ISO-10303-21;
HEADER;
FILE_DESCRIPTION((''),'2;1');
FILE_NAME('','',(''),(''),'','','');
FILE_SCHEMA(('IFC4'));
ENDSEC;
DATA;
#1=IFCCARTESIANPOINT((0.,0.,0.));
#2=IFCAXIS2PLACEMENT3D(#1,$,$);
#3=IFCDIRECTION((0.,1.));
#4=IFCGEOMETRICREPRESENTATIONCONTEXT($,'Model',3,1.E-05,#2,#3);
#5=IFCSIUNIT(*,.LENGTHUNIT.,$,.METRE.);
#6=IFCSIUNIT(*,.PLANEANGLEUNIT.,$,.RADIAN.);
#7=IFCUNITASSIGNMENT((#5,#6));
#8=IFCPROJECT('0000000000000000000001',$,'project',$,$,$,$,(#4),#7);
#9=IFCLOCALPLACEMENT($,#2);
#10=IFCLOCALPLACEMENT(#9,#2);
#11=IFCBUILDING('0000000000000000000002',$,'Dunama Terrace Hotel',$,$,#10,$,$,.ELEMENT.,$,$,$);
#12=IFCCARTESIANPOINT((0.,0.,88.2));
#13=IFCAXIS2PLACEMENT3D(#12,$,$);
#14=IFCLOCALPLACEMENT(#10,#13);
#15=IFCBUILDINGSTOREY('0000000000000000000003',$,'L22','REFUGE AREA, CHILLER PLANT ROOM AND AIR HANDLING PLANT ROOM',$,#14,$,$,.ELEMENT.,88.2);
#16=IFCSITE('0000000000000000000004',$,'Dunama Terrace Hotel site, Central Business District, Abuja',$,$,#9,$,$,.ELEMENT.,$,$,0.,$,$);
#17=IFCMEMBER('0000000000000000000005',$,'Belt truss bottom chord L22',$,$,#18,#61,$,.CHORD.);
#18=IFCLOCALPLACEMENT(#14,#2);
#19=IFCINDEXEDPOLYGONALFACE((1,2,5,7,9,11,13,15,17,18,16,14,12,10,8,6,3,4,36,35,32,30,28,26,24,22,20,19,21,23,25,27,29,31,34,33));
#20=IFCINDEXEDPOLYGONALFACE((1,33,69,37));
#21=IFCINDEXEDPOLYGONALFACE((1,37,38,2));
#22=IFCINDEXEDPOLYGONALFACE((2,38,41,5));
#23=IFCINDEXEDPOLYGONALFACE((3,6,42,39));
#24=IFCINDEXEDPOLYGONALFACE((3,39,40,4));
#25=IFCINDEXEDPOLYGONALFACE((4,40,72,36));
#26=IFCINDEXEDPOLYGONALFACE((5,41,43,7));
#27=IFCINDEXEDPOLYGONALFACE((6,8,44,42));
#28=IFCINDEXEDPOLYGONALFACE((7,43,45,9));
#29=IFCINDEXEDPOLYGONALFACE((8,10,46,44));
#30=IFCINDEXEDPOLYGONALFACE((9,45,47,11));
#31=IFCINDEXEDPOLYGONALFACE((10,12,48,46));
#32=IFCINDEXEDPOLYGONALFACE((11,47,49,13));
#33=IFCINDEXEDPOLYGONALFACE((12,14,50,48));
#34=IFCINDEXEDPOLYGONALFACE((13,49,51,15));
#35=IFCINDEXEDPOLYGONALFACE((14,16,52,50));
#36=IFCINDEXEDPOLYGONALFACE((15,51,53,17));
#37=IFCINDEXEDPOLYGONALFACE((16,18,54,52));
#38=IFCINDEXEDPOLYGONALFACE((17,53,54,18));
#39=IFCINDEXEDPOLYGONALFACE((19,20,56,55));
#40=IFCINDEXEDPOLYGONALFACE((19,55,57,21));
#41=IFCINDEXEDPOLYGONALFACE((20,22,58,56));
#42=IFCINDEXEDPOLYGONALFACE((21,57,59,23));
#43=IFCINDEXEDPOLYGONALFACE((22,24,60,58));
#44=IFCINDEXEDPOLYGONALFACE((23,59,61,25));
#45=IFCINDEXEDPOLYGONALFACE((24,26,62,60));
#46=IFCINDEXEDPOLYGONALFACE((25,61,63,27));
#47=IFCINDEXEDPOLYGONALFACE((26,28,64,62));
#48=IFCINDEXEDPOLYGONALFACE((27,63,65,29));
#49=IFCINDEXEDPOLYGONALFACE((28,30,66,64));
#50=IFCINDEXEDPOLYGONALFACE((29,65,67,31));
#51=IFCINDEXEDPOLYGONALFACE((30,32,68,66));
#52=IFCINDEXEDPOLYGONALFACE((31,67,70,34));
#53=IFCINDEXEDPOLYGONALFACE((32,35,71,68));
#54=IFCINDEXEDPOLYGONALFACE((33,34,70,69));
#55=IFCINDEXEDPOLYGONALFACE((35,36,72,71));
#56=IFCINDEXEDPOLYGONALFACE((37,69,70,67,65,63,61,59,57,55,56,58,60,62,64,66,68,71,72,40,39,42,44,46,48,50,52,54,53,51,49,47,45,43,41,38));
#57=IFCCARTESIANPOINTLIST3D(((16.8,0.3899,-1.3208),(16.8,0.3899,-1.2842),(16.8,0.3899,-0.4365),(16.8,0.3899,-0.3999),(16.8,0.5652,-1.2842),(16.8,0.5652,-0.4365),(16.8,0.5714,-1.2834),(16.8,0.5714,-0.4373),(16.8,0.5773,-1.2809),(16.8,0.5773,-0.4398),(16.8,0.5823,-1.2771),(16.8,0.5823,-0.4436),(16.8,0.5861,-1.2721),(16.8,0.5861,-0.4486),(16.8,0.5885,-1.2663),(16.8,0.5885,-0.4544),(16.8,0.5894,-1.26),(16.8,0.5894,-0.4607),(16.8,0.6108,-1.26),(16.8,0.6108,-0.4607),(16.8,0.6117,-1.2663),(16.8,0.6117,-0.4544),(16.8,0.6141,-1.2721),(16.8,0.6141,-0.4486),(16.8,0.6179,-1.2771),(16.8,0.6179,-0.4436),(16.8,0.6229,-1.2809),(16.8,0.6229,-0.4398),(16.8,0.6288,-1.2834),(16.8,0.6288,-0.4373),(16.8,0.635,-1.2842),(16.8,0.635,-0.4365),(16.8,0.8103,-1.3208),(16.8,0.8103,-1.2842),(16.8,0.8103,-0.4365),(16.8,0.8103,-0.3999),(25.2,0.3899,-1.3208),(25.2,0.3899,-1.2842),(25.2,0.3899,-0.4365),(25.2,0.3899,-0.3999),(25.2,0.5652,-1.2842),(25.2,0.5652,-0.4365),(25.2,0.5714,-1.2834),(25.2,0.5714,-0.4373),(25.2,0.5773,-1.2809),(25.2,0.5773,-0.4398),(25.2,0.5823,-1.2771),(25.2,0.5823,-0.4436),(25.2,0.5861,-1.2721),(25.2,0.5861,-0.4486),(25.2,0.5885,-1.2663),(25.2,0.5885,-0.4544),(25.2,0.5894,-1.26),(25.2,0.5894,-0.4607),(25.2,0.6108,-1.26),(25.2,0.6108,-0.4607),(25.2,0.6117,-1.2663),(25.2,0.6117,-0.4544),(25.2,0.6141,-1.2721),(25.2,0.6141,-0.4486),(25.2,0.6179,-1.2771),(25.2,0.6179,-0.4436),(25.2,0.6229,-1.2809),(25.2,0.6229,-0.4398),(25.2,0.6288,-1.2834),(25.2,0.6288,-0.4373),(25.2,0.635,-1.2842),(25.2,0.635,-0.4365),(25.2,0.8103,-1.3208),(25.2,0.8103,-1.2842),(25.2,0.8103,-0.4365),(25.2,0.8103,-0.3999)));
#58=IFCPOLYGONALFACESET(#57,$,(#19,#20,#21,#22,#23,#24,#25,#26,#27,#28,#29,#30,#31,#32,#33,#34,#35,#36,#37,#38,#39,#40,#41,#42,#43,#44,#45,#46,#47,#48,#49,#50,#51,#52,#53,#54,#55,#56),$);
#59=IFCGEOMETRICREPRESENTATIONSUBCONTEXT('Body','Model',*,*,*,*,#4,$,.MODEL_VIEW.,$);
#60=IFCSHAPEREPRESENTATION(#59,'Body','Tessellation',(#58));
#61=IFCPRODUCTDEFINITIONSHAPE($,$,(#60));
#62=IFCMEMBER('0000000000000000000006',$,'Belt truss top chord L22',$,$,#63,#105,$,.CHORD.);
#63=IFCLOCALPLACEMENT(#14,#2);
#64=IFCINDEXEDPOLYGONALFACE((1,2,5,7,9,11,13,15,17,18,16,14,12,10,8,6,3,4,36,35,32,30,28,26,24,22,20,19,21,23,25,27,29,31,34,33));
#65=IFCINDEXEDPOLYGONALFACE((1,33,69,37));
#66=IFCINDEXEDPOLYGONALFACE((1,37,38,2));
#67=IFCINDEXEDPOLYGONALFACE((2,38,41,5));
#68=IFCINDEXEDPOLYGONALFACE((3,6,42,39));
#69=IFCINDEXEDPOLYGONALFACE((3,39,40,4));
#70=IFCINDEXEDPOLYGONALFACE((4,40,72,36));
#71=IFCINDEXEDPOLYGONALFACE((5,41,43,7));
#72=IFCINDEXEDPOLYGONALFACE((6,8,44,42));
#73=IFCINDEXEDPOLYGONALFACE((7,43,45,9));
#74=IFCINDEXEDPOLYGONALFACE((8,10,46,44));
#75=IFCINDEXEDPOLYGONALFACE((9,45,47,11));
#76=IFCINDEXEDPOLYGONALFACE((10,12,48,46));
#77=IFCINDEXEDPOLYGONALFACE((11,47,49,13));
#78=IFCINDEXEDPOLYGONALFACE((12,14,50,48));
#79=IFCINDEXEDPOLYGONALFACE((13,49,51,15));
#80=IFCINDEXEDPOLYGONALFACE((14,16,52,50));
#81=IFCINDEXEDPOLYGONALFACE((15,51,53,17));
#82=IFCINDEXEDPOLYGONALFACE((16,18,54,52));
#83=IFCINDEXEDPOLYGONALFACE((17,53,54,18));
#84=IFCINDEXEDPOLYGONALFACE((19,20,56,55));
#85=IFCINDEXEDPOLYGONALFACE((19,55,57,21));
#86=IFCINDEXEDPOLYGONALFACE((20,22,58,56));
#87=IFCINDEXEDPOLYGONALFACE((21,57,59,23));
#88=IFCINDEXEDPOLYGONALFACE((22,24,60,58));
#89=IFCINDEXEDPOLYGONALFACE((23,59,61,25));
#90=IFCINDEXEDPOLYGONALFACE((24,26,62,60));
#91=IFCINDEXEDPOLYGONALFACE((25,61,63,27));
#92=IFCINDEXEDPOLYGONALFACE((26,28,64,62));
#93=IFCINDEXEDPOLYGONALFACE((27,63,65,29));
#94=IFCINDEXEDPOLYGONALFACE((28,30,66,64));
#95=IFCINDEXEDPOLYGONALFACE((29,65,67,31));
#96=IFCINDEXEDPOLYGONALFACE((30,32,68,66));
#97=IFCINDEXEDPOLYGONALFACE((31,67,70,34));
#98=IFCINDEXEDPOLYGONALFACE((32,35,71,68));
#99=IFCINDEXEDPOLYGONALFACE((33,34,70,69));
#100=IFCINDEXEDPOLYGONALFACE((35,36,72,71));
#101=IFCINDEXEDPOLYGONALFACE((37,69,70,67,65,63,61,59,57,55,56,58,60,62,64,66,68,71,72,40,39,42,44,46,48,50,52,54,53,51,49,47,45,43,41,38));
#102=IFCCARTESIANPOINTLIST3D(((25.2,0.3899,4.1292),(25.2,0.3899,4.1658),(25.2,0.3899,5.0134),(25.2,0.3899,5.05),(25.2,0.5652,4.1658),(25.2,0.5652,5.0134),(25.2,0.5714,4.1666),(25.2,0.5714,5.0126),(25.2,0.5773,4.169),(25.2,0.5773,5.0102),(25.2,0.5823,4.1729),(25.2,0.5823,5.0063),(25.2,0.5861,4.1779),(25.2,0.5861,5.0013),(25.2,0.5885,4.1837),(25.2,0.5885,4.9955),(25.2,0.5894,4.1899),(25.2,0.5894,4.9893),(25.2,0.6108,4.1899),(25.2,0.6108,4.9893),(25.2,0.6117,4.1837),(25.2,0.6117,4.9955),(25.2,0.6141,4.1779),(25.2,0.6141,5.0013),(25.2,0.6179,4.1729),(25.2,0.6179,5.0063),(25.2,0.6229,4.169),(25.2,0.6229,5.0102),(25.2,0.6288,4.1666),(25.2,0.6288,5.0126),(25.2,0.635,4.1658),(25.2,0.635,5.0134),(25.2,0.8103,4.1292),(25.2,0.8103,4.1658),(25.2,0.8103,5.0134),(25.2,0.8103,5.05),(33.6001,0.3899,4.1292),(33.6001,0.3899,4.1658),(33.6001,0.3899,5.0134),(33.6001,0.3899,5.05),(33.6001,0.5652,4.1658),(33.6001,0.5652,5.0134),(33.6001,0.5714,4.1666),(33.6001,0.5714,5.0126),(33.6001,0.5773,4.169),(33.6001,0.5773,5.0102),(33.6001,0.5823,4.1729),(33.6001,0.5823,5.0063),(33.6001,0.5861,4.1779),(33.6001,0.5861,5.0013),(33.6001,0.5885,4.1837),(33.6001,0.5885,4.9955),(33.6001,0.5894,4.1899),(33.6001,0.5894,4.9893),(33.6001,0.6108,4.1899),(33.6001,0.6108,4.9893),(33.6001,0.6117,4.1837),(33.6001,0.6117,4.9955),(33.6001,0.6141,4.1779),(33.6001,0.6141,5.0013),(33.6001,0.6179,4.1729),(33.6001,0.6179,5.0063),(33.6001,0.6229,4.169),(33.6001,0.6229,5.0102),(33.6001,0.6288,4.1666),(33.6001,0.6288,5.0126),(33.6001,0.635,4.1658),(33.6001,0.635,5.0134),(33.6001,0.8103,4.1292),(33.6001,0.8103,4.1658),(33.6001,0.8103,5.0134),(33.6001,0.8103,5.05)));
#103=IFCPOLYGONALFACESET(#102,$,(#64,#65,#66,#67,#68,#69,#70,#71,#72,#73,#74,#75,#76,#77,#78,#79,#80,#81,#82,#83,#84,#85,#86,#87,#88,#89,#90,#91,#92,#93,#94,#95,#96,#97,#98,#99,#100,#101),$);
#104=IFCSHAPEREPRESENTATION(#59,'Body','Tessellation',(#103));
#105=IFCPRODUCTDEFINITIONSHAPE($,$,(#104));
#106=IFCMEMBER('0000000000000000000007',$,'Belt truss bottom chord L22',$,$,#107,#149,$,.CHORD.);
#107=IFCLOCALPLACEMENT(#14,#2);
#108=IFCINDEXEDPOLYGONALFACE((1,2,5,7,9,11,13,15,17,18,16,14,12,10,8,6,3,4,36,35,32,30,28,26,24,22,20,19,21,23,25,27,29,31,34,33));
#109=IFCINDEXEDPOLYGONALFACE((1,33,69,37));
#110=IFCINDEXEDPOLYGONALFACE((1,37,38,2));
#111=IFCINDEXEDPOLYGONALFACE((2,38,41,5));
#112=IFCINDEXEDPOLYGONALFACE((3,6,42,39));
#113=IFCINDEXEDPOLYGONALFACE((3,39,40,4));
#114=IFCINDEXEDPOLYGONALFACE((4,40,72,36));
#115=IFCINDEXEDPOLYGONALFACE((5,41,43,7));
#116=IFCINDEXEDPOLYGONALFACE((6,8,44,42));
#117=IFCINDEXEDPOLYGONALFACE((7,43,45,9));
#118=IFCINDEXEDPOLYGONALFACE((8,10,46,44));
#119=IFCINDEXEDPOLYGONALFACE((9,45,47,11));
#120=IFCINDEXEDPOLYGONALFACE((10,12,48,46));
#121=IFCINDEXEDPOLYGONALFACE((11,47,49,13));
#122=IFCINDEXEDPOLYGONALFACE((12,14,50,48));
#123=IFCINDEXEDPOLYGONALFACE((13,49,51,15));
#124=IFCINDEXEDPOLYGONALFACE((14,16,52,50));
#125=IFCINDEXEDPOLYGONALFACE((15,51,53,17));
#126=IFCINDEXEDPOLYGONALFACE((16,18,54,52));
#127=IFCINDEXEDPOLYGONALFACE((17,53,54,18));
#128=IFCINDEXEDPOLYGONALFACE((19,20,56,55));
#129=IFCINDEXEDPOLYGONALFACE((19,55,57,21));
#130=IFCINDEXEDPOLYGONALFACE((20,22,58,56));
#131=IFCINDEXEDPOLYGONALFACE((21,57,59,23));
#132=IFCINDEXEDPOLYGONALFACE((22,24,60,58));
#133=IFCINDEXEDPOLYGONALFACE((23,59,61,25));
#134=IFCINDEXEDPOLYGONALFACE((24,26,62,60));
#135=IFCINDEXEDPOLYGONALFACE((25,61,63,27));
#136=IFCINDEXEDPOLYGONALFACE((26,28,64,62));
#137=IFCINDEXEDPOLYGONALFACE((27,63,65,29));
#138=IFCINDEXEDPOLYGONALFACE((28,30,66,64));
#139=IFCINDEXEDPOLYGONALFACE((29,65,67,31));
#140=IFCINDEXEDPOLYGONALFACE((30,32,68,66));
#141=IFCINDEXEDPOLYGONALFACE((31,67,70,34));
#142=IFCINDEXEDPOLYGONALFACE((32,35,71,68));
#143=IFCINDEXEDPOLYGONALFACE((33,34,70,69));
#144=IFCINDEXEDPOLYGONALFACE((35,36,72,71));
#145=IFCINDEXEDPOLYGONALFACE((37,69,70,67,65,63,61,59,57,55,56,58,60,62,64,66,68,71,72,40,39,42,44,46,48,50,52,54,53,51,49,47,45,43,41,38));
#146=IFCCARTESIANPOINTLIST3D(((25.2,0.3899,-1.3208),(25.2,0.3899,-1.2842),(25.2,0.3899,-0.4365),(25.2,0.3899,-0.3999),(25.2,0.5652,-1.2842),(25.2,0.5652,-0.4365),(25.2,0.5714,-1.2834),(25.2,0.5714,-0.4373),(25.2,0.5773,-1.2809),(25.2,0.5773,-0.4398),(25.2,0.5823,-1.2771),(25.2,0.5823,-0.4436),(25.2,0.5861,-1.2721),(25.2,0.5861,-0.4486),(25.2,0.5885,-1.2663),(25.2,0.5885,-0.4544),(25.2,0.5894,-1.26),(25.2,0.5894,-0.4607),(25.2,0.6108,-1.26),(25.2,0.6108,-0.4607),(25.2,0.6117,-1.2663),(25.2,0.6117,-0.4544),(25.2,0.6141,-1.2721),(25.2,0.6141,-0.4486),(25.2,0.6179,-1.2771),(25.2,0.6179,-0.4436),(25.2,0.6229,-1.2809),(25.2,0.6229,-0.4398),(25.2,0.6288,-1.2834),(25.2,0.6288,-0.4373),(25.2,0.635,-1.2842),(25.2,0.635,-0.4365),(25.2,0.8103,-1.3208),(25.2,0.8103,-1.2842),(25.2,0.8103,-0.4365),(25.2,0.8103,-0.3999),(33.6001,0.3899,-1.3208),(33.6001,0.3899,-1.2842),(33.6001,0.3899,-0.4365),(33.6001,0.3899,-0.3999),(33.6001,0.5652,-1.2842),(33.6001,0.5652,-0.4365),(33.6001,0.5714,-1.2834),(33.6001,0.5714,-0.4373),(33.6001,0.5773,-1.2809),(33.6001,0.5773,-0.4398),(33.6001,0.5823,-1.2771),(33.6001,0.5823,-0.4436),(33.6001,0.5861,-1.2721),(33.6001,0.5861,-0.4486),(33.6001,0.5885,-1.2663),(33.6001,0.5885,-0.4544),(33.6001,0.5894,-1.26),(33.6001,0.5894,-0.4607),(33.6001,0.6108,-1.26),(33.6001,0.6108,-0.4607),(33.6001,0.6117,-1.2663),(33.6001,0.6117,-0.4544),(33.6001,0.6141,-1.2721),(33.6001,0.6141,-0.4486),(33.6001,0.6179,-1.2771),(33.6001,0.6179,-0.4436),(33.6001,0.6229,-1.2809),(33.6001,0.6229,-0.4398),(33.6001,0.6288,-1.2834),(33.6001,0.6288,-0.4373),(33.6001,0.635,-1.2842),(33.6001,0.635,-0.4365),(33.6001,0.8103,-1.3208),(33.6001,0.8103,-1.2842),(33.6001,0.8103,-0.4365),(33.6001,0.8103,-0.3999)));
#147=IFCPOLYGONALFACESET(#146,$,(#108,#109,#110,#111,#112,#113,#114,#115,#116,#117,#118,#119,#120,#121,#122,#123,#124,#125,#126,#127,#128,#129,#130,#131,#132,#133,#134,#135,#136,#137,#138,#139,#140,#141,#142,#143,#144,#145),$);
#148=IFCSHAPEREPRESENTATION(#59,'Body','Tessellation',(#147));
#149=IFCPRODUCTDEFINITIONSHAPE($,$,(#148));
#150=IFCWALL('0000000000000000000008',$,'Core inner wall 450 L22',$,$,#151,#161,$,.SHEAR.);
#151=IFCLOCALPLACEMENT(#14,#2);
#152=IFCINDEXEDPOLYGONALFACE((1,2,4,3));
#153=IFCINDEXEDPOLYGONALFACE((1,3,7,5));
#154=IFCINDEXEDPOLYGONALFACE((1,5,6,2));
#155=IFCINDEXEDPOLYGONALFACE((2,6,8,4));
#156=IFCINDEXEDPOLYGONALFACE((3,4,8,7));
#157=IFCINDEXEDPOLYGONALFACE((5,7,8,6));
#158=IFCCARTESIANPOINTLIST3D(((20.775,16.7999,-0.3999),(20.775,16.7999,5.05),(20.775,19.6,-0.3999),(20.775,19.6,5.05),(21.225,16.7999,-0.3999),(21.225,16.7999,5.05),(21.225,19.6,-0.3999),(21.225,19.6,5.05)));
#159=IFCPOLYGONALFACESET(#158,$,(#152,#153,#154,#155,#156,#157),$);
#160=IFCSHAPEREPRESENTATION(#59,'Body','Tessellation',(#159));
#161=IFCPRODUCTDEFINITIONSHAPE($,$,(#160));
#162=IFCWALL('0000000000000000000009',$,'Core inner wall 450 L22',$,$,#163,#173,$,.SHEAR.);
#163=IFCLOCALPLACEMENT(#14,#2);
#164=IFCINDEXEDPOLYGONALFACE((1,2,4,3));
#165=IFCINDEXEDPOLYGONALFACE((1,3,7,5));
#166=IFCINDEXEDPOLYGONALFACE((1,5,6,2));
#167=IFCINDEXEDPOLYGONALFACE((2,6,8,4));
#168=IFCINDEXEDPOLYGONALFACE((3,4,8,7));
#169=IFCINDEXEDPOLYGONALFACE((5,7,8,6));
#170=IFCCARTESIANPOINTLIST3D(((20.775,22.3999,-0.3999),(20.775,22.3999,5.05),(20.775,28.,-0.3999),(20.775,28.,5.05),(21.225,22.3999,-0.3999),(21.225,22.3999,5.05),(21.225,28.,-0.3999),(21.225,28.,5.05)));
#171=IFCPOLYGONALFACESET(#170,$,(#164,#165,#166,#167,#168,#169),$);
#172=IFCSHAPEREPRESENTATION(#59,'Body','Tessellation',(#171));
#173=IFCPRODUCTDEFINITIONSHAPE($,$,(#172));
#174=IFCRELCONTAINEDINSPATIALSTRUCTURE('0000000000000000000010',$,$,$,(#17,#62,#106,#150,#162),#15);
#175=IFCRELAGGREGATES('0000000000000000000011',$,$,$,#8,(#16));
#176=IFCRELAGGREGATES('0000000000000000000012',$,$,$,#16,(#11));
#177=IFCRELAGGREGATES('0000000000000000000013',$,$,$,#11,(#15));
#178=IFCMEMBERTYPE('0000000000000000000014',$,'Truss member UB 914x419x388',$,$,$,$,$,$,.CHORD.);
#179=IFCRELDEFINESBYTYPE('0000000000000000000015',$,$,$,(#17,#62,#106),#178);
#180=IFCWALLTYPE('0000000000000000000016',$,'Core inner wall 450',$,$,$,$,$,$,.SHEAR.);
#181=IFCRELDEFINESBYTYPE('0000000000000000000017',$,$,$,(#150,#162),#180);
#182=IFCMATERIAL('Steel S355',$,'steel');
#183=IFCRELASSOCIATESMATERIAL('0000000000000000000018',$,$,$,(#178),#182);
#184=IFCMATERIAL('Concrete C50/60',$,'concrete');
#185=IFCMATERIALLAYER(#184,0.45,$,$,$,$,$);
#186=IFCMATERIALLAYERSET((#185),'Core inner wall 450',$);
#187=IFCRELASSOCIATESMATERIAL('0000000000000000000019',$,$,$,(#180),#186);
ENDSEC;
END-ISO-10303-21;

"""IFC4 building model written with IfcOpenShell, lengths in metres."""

from ifc_helpers import new_model, si_unit, direction, frame, frame_2d, origin, origin_2d, place, context, subcontext, project, spatial, rectangle, i_section, extrude, material, layer, layer_set, material_profile, profile_set, type_object, element, save


model = new_model("IFC4")

# Units and contexts
model_context = context("Model", 3, precision=1e-05, world=origin(), true_north=direction((0.0, 1.0)))
body_context = subcontext(model_context, "Body", "Model", "MODEL_VIEW")
ifc_project = project(units=[si_unit("LENGTHUNIT", "METRE"), si_unit("PLANEANGLEUNIT", "RADIAN")], contexts=[model_context])

# Site, building, storey
site_placement = place(None, origin())
site = spatial("IfcSite", under=ifc_project, at=site_placement, Name="Dunama Terrace Hotel site, Central Business District, Abuja", CompositionType="ELEMENT", RefElevation=0.0)
building_placement = place(site_placement, origin())
building = spatial("IfcBuilding", under=site, at=building_placement, Name="Dunama Terrace Hotel", CompositionType="ELEMENT")
storey_placement = place(building_placement, frame((0.0, 0.0, 88.2)))
storey = spatial("IfcBuildingStorey", under=building, at=storey_placement, Name="L22", Description="REFUGE AREA, CHILLER PLANT ROOM AND AIR HANDLING PLANT ROOM", CompositionType="ELEMENT", Elevation=88.2)

# Members
ifc_material_1 = material(Name="Steel S355", Category="steel")
ifc_material_profile_1 = material_profile(ifc_material_1, i_section(OverallWidth=0.4204, OverallDepth=0.9209, WebThickness=0.0215, FlangeThickness=0.0366, FilletRadius=0.0242, at=origin_2d()), Name="UB 914x419x388")
ifc_profile_set_1 = profile_set([ifc_material_profile_1], Name="Steel S355")
member_type_1 = type_object("IfcMemberType", Name="Truss member UB 914x419x388", PredefinedType="CHORD", material=ifc_profile_set_1)
for number, where, z_axis, x_axis, name in (
    (1, (16.8, 0.6001, -0.8604), (1.0, 0.0, 0.0), (0.0, 1.0, 0.0), "Belt truss bottom chord L22"),
):
    element("IfcMember", number, at=place(storey_placement, frame(where, z_axis=z_axis, x_axis=x_axis)), inside=storey, type_object=member_type_1, Name=name, PredefinedType="CHORD", context=body_context, shape_type="SweptSolid", body=[
        extrude(i_section(OverallWidth=0.4204, OverallDepth=0.9209, WebThickness=0.0215, FlangeThickness=0.0366, FilletRadius=0.0242, at=origin_2d()), origin(), (0.0, 0.0, 1.0), 8.3999),
    ])
for number, where, z_axis, x_axis, name in (
    (2, (25.2, 0.6001, 4.5896), (1.0, 0.0, 0.0), (0.0, 1.0, 0.0), "Belt truss top chord L22"),
    (3, (25.2, 0.6001, -0.8604), (1.0, 0.0, 0.0), (0.0, 1.0, 0.0), "Belt truss bottom chord L22"),
):
    element("IfcMember", number, at=place(storey_placement, frame(where, z_axis=z_axis, x_axis=x_axis)), inside=storey, type_object=member_type_1, Name=name, PredefinedType="CHORD", context=body_context, shape_type="SweptSolid", body=[
        extrude(i_section(OverallWidth=0.4204, OverallDepth=0.9209, WebThickness=0.0215, FlangeThickness=0.0366, FilletRadius=0.0242, at=origin_2d()), origin(), (0.0, 0.0, 1.0), 8.4001),
    ])

# Walls
ifc_material_2 = material(Name="Concrete C50/60", Category="concrete")
ifc_layer_1 = layer(ifc_material_2, 0.45)
ifc_layer_set_1 = layer_set([ifc_layer_1], Name="Core inner wall 450")
wall_type_1 = type_object("IfcWallType", Name="Core inner wall 450", PredefinedType="SHEAR", material=ifc_layer_set_1)
wall_1_placement = place(storey_placement, frame((21.0, 16.8, -0.3999), z_axis=(0.0, 0.0, 1.0), x_axis=(0.0, 1.0, 0.0)))
element("IfcWall", 4, at=wall_1_placement, inside=storey, type_object=wall_type_1, Name="Core inner wall 450 L22", PredefinedType="SHEAR", context=body_context, shape_type="SweptSolid", body=[
    extrude(rectangle(XDim=2.8, YDim=0.45, at=frame_2d((1.3999, 0.0))), origin(), (0.0, 0.0, 1.0), 5.45),
])
wall_2_placement = place(storey_placement, frame((21.0, 22.3999, -0.3999), z_axis=(0.0, 0.0, 1.0), x_axis=(0.0, 1.0, 0.0)))
element("IfcWall", 5, at=wall_2_placement, inside=storey, type_object=wall_type_1, Name="Core inner wall 450 L22", PredefinedType="SHEAR", context=body_context, shape_type="SweptSolid", body=[
    extrude(rectangle(XDim=5.6001, YDim=0.45, at=frame_2d((2.8, 0.0))), origin(), (0.0, 0.0, 1.0), 5.45),
])

save(model, "model.ifc")
